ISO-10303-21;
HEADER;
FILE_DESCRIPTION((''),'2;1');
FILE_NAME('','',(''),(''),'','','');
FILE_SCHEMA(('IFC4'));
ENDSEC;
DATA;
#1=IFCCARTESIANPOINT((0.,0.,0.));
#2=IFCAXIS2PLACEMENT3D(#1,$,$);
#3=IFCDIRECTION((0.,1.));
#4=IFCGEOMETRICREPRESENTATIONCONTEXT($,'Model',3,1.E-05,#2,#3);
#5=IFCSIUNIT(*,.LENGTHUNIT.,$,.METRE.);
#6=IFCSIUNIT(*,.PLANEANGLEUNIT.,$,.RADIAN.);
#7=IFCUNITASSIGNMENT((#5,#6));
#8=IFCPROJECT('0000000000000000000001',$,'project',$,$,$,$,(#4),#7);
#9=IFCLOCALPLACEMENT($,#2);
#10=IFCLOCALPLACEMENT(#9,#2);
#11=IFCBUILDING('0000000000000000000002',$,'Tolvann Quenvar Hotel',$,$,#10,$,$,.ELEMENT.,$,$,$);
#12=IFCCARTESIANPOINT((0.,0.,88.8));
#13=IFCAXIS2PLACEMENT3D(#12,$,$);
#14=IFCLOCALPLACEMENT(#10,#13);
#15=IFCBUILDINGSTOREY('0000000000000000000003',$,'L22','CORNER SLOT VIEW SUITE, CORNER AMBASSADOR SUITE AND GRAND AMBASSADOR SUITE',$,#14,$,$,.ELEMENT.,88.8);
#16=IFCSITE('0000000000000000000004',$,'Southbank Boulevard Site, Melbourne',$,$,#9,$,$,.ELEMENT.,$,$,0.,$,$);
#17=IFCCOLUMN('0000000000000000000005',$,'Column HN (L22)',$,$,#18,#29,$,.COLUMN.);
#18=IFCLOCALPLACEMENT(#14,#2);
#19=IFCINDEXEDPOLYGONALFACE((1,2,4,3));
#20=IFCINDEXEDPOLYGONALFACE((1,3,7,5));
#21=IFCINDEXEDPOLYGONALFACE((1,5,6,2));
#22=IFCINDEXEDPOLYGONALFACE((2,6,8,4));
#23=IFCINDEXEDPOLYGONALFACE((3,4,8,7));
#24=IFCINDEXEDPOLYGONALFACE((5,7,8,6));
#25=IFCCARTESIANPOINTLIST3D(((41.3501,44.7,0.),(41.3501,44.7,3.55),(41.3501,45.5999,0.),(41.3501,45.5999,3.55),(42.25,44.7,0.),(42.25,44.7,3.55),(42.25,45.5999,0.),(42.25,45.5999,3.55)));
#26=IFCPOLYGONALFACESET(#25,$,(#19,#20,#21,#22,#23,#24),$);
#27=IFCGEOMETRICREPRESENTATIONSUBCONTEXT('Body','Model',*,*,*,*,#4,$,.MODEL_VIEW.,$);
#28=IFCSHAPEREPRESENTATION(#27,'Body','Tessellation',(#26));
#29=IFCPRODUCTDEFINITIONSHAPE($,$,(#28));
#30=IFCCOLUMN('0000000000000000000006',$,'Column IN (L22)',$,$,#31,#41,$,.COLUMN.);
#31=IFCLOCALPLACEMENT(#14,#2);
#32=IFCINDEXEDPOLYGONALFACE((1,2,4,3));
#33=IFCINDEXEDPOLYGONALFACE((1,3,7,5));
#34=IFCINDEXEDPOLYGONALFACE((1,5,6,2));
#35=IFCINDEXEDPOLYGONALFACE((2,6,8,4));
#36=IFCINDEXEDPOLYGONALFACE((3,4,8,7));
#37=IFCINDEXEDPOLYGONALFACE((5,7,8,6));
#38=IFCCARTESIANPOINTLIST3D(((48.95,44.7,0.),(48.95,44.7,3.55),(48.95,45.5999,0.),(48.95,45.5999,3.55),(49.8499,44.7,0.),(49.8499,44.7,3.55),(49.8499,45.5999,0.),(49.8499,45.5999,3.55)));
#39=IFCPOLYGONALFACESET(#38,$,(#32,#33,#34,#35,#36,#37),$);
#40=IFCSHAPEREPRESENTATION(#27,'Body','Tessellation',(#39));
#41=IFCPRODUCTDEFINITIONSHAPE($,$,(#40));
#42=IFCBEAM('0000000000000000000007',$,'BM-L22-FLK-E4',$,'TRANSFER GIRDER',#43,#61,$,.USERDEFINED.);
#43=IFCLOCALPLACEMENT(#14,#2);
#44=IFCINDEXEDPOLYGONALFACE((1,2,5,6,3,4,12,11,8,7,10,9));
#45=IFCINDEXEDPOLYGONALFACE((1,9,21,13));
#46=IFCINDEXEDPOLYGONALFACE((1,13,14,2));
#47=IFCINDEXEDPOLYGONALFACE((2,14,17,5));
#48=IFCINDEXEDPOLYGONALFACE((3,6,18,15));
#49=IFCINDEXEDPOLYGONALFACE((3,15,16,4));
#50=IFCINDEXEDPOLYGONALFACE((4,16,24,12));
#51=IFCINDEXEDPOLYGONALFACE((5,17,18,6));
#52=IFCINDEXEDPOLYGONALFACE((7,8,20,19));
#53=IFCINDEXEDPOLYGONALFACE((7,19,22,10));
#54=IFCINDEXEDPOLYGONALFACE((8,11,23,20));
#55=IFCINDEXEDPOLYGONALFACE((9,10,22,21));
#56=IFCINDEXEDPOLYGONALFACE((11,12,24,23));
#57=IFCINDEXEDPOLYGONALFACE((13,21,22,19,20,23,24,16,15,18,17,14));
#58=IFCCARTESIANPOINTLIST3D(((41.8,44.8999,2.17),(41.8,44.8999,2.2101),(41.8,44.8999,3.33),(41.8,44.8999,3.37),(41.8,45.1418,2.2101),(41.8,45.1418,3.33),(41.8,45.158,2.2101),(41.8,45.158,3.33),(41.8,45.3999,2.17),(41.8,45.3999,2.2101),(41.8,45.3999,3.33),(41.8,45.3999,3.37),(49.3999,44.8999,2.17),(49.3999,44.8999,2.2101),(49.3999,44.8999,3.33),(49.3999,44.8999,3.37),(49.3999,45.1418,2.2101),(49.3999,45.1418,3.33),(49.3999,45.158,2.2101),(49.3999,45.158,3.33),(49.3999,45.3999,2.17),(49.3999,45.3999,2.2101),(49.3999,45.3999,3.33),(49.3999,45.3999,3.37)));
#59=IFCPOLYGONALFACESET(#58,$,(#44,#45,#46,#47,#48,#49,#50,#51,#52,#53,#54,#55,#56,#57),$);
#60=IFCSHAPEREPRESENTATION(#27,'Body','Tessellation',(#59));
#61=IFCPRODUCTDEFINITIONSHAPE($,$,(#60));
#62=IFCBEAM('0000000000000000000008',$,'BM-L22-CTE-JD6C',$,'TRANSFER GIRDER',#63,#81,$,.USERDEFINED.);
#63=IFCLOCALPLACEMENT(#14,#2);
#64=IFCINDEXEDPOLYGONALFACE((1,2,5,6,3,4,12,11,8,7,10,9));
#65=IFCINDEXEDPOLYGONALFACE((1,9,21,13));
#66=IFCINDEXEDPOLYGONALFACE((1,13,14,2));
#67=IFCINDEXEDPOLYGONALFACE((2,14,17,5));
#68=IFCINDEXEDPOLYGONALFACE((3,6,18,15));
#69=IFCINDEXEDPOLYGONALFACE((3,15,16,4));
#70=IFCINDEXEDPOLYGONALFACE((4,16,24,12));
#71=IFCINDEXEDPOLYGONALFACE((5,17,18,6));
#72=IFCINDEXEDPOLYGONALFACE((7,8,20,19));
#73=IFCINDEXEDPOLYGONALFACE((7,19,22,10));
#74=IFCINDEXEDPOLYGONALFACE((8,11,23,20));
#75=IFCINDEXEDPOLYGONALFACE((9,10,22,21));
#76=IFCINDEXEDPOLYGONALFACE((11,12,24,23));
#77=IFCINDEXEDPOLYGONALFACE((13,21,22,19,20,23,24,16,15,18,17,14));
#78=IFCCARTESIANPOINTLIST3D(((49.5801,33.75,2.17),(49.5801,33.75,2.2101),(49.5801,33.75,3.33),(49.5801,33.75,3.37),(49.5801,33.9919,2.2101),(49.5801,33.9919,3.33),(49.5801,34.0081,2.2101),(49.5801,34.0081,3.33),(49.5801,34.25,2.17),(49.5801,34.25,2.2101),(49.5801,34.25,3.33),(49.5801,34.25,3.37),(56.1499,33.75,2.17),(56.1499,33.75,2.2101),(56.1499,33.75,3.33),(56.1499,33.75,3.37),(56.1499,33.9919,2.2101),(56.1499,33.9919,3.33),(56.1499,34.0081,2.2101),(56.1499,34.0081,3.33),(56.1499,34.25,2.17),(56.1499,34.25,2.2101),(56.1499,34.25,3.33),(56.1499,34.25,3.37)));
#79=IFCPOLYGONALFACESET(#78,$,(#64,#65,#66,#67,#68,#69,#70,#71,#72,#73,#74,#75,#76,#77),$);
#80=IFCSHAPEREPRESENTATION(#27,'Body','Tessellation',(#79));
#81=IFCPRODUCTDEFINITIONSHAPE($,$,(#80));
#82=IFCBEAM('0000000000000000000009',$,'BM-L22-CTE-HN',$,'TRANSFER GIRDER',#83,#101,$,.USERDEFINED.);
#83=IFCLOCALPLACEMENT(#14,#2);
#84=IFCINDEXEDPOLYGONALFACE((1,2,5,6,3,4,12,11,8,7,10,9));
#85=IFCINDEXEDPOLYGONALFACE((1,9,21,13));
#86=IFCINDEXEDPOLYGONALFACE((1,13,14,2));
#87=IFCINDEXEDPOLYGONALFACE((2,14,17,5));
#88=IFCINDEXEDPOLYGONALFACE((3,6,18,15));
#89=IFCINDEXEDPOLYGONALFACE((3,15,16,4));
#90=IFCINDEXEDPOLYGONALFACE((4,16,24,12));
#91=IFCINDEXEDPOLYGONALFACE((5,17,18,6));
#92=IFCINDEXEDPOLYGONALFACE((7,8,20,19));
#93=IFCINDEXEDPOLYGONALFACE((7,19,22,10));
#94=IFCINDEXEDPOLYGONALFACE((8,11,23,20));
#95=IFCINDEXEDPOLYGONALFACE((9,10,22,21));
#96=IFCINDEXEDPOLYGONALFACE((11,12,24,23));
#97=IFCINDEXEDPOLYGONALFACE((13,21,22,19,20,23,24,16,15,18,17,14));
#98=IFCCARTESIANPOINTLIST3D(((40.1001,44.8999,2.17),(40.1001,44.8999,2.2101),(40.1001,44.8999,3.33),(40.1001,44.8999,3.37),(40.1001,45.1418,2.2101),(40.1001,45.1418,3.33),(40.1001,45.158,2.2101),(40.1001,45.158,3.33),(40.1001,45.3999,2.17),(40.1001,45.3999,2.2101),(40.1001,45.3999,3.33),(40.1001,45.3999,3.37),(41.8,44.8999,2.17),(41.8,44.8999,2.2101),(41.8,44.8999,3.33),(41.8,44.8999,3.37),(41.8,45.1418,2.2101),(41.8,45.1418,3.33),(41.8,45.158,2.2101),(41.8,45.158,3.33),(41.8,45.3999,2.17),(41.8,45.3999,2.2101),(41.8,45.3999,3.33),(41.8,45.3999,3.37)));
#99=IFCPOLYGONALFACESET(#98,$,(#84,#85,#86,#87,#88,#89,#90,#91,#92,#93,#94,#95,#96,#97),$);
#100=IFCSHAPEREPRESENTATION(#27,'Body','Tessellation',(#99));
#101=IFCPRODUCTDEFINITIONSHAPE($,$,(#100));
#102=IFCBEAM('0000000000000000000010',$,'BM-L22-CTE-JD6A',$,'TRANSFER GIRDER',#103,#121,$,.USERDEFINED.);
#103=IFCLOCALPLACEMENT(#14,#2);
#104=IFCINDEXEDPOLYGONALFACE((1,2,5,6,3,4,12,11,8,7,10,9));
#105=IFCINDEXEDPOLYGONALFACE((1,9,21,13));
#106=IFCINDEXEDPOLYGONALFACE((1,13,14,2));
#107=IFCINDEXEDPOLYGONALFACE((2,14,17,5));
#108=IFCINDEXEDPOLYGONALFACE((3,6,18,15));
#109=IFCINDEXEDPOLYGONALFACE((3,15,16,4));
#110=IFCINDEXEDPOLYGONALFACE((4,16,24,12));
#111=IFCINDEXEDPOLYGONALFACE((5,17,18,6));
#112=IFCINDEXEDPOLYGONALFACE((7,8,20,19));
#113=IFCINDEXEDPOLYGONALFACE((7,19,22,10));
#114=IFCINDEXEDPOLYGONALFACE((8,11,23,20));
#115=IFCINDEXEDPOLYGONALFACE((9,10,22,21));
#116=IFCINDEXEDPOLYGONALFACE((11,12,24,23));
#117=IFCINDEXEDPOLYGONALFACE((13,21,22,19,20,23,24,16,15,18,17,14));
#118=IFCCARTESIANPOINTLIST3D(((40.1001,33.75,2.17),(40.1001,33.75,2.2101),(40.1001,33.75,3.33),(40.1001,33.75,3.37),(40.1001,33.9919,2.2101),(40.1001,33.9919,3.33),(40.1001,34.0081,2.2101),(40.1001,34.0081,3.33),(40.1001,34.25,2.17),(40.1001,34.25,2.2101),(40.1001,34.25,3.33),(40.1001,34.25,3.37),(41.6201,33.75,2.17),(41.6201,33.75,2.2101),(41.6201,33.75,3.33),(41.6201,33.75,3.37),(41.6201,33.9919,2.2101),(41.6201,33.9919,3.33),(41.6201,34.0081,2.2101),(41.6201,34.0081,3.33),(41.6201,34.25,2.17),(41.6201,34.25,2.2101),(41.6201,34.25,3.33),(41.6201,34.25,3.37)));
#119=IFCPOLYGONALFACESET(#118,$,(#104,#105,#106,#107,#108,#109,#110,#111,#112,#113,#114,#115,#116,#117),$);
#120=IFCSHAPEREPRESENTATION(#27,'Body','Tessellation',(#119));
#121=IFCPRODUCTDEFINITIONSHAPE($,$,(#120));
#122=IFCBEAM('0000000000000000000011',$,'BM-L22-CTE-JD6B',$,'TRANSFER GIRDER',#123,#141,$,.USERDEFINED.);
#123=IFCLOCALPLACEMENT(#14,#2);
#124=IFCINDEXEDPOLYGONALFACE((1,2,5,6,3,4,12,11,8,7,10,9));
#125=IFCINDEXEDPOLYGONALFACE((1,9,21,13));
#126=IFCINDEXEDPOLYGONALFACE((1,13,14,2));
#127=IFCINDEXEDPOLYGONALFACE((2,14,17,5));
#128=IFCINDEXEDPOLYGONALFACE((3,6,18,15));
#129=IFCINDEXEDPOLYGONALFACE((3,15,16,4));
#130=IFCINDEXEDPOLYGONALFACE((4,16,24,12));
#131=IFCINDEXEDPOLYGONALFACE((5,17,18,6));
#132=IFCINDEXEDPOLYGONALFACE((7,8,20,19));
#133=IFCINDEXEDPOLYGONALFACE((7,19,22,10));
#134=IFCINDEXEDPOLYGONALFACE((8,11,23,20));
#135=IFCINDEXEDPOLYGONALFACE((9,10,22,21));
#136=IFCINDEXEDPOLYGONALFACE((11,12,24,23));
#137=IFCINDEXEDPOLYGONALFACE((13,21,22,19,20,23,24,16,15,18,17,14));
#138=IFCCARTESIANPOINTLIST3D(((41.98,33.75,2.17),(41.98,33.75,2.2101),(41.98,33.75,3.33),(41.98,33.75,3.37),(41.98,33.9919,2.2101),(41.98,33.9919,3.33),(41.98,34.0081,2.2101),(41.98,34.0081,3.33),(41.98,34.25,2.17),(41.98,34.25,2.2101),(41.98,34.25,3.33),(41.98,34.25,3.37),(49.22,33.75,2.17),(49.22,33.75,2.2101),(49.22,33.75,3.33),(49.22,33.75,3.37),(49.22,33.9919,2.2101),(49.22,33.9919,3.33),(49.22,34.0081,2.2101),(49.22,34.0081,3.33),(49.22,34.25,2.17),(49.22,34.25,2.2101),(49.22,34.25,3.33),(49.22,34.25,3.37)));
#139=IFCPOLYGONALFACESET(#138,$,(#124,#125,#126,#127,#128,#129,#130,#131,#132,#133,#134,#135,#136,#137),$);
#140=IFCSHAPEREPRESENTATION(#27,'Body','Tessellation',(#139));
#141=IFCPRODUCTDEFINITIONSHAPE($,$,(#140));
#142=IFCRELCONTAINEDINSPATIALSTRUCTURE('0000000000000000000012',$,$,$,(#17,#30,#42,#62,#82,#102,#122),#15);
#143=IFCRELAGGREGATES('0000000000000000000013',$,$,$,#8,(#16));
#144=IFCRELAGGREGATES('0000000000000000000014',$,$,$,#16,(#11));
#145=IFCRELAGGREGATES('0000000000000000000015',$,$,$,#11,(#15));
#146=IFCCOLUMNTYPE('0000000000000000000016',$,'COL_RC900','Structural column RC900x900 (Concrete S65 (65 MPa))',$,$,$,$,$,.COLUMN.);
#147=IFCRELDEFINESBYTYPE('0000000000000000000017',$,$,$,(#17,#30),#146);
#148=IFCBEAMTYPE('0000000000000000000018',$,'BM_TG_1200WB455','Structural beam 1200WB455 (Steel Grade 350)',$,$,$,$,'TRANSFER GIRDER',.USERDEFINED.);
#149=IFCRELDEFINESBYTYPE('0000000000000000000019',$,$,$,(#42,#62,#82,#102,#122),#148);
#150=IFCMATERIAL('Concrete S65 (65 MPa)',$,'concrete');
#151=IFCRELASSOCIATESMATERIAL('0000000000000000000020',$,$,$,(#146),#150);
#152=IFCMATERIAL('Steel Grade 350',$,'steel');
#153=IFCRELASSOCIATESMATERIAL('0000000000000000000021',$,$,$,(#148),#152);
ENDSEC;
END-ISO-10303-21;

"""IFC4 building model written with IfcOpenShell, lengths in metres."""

from ifc_helpers import new_model, si_unit, direction, frame, origin, origin_2d, place, context, subcontext, project, spatial, rectangle, i_section, extrude, source, transform, mapped, material, material_profile, profile_set, type_object, type_shapes, element, save


model = new_model("IFC4")

# Units and contexts
model_context = context("Model", 3, precision=1e-05, world=origin(), true_north=direction((0.0, 1.0)))
body_context = subcontext(model_context, "Body", "Model", "MODEL_VIEW")
ifc_project = project(units=[si_unit("LENGTHUNIT", "METRE"), si_unit("PLANEANGLEUNIT", "RADIAN")], contexts=[model_context])

# Site, building, storey
site_placement = place(None, origin())
site = spatial("IfcSite", under=ifc_project, at=site_placement, Name="Southbank Boulevard Site, Melbourne", CompositionType="ELEMENT", RefElevation=0.0)
building_placement = place(site_placement, origin())
building = spatial("IfcBuilding", under=site, at=building_placement, Name="Tolvann Quenvar Hotel", CompositionType="ELEMENT")
storey_placement = place(building_placement, frame((0.0, 0.0, 88.8)))
storey = spatial("IfcBuildingStorey", under=building, at=storey_placement, Name="L22", Description="CORNER SLOT VIEW SUITE, CORNER AMBASSADOR SUITE AND GRAND AMBASSADOR SUITE", CompositionType="ELEMENT", Elevation=88.8)

# Columns
ifc_material_1 = material(Name="Concrete S65 (65 MPa)", Category="concrete")
ifc_material_profile_1 = material_profile(ifc_material_1, rectangle(XDim=0.8999, YDim=0.8999, at=origin_2d()), Name="RC900x900")
ifc_profile_set_1 = profile_set([ifc_material_profile_1], Name="Concrete S65 (65 MPa)")
column_type = type_object("IfcColumnType", Name="COL_RC900", Description="Structural column RC900x900 (Concrete S65 (65 MPa))", PredefinedType="COLUMN", material=ifc_profile_set_1)
shared_shape_1 = source(origin(), body_context, "Body", "SweptSolid", [
    extrude(rectangle(XDim=0.8999, YDim=0.8999, at=origin_2d()), origin(), (0.0, 0.0, 1.0), 3.55),
])
type_shapes(column_type, [shared_shape_1])
for number, where, z_axis, x_axis, name in (
    (1, (41.8, 45.1499, 0.0), (0.0, 0.0, 1.0), (1.0, 0.0, 0.0), "Column HN (L22)"),
    (2, (49.3999, 45.1499, 0.0), (0.0, 0.0, 1.0), (1.0, 0.0, 0.0), "Column IN (L22)"),
):
    element("IfcColumn", number, at=place(storey_placement, frame(where, z_axis=z_axis, x_axis=x_axis)), inside=storey, type_object=column_type, Name=name, PredefinedType="COLUMN", context=body_context, shape_type="MappedRepresentation", body=[
        mapped(shared_shape_1, transform((0.0, 0.0, 0.0), x_axis=(1.0, 0.0, 0.0), y_axis=(0.0, 1.0, 0.0), z_axis=(0.0, 0.0, 1.0), scale=1.0)),
    ])

# Beams
ifc_material_2 = material(Name="Steel Grade 350", Category="steel")
ifc_material_profile_2 = material_profile(ifc_material_2, i_section(OverallWidth=0.5, OverallDepth=1.2, WebThickness=0.0161, FlangeThickness=0.04, at=origin_2d()), Name="1200WB455")
ifc_profile_set_2 = profile_set([ifc_material_profile_2], Name="Steel Grade 350")
beam_type_1 = type_object("IfcBeamType", Name="BM_TG_1200WB455", Description="Structural beam 1200WB455 (Steel Grade 350)", ElementType="TRANSFER GIRDER", PredefinedType="USERDEFINED", material=ifc_profile_set_2)
shared_shape_2 = source(origin(), body_context, "Body", "SweptSolid", [
    extrude(i_section(OverallWidth=0.5, OverallDepth=1.2, WebThickness=0.0161, FlangeThickness=0.04, at=origin_2d()), origin(), (0.0, 0.0, 1.0), 7.5999),
])
beam_1_placement = place(storey_placement, frame((49.3999, 45.1499, 2.77), z_axis=(-1.0, 0.0, 0.0), x_axis=(0.0, -1.0, 0.0)))
element("IfcBeam", 3, at=beam_1_placement, inside=storey, type_object=beam_type_1, Name="BM-L22-FLK-E4", ObjectType="TRANSFER GIRDER", PredefinedType="USERDEFINED", context=body_context, shape_type="MappedRepresentation", body=[
    mapped(shared_shape_2, transform((0.0, 0.0, 0.0), x_axis=(1.0, 0.0, 0.0), y_axis=(0.0, 1.0, 0.0), z_axis=(0.0, 0.0, 1.0), scale=1.0)),
])
shared_shape_3 = source(origin(), body_context, "Body", "SweptSolid", [
    extrude(i_section(OverallWidth=0.5, OverallDepth=1.2, WebThickness=0.0161, FlangeThickness=0.04, at=origin_2d()), origin(), (0.0, 0.0, 1.0), 6.5698),
])
beam_2_placement = place(storey_placement, frame((49.5801, 34.0, 2.77), z_axis=(1.0, 0.0, 0.0), x_axis=(0.0, 1.0, 0.0)))
element("IfcBeam", 4, at=beam_2_placement, inside=storey, type_object=beam_type_1, Name="BM-L22-CTE-JD6C", ObjectType="TRANSFER GIRDER", PredefinedType="USERDEFINED", context=body_context, shape_type="MappedRepresentation", body=[
    mapped(shared_shape_3, transform((0.0, 0.0, 0.0), x_axis=(1.0, 0.0, 0.0), y_axis=(0.0, 1.0, 0.0), z_axis=(0.0, 0.0, 1.0), scale=1.0)),
])
shared_shape_4 = source(origin(), body_context, "Body", "SweptSolid", [
    extrude(i_section(OverallWidth=0.5, OverallDepth=1.2, WebThickness=0.0161, FlangeThickness=0.04, at=origin_2d()), origin(), (0.0, 0.0, 1.0), 1.7),
])
beam_3_placement = place(storey_placement, frame((40.1001, 45.1499, 2.77), z_axis=(1.0, 0.0, 0.0), x_axis=(0.0, 1.0, 0.0)))
element("IfcBeam", 5, at=beam_3_placement, inside=storey, type_object=beam_type_1, Name="BM-L22-CTE-HN", ObjectType="TRANSFER GIRDER", PredefinedType="USERDEFINED", context=body_context, shape_type="MappedRepresentation", body=[
    mapped(shared_shape_4, transform((0.0, 0.0, 0.0), x_axis=(1.0, 0.0, 0.0), y_axis=(0.0, 1.0, 0.0), z_axis=(0.0, 0.0, 1.0), scale=1.0)),
])
shared_shape_5 = source(origin(), body_context, "Body", "SweptSolid", [
    extrude(i_section(OverallWidth=0.5, OverallDepth=1.2, WebThickness=0.0161, FlangeThickness=0.04, at=origin_2d()), origin(), (0.0, 0.0, 1.0), 1.52),
])
beam_4_placement = place(storey_placement, frame((40.1001, 34.0, 2.77), z_axis=(1.0, 0.0, 0.0), x_axis=(0.0, 1.0, 0.0)))
element("IfcBeam", 6, at=beam_4_placement, inside=storey, type_object=beam_type_1, Name="BM-L22-CTE-JD6A", ObjectType="TRANSFER GIRDER", PredefinedType="USERDEFINED", context=body_context, shape_type="MappedRepresentation", body=[
    mapped(shared_shape_5, transform((0.0, 0.0, 0.0), x_axis=(1.0, 0.0, 0.0), y_axis=(0.0, 1.0, 0.0), z_axis=(0.0, 0.0, 1.0), scale=1.0)),
])
shared_shape_6 = source(origin(), body_context, "Body", "SweptSolid", [
    extrude(i_section(OverallWidth=0.5, OverallDepth=1.2, WebThickness=0.0161, FlangeThickness=0.04, at=origin_2d()), origin(), (0.0, 0.0, 1.0), 7.24),
])
type_shapes(beam_type_1, [shared_shape_2, shared_shape_3, shared_shape_4, shared_shape_5, shared_shape_6])
beam_5_placement = place(storey_placement, frame((41.98, 34.0, 2.77), z_axis=(1.0, 0.0, 0.0), x_axis=(0.0, 1.0, 0.0)))
element("IfcBeam", 7, at=beam_5_placement, inside=storey, type_object=beam_type_1, Name="BM-L22-CTE-JD6B", ObjectType="TRANSFER GIRDER", PredefinedType="USERDEFINED", context=body_context, shape_type="MappedRepresentation", body=[
    mapped(shared_shape_6, transform((0.0, 0.0, 0.0), x_axis=(1.0, 0.0, 0.0), y_axis=(0.0, 1.0, 0.0), z_axis=(0.0, 0.0, 1.0), scale=1.0)),
])

save(model, "model.ifc")
